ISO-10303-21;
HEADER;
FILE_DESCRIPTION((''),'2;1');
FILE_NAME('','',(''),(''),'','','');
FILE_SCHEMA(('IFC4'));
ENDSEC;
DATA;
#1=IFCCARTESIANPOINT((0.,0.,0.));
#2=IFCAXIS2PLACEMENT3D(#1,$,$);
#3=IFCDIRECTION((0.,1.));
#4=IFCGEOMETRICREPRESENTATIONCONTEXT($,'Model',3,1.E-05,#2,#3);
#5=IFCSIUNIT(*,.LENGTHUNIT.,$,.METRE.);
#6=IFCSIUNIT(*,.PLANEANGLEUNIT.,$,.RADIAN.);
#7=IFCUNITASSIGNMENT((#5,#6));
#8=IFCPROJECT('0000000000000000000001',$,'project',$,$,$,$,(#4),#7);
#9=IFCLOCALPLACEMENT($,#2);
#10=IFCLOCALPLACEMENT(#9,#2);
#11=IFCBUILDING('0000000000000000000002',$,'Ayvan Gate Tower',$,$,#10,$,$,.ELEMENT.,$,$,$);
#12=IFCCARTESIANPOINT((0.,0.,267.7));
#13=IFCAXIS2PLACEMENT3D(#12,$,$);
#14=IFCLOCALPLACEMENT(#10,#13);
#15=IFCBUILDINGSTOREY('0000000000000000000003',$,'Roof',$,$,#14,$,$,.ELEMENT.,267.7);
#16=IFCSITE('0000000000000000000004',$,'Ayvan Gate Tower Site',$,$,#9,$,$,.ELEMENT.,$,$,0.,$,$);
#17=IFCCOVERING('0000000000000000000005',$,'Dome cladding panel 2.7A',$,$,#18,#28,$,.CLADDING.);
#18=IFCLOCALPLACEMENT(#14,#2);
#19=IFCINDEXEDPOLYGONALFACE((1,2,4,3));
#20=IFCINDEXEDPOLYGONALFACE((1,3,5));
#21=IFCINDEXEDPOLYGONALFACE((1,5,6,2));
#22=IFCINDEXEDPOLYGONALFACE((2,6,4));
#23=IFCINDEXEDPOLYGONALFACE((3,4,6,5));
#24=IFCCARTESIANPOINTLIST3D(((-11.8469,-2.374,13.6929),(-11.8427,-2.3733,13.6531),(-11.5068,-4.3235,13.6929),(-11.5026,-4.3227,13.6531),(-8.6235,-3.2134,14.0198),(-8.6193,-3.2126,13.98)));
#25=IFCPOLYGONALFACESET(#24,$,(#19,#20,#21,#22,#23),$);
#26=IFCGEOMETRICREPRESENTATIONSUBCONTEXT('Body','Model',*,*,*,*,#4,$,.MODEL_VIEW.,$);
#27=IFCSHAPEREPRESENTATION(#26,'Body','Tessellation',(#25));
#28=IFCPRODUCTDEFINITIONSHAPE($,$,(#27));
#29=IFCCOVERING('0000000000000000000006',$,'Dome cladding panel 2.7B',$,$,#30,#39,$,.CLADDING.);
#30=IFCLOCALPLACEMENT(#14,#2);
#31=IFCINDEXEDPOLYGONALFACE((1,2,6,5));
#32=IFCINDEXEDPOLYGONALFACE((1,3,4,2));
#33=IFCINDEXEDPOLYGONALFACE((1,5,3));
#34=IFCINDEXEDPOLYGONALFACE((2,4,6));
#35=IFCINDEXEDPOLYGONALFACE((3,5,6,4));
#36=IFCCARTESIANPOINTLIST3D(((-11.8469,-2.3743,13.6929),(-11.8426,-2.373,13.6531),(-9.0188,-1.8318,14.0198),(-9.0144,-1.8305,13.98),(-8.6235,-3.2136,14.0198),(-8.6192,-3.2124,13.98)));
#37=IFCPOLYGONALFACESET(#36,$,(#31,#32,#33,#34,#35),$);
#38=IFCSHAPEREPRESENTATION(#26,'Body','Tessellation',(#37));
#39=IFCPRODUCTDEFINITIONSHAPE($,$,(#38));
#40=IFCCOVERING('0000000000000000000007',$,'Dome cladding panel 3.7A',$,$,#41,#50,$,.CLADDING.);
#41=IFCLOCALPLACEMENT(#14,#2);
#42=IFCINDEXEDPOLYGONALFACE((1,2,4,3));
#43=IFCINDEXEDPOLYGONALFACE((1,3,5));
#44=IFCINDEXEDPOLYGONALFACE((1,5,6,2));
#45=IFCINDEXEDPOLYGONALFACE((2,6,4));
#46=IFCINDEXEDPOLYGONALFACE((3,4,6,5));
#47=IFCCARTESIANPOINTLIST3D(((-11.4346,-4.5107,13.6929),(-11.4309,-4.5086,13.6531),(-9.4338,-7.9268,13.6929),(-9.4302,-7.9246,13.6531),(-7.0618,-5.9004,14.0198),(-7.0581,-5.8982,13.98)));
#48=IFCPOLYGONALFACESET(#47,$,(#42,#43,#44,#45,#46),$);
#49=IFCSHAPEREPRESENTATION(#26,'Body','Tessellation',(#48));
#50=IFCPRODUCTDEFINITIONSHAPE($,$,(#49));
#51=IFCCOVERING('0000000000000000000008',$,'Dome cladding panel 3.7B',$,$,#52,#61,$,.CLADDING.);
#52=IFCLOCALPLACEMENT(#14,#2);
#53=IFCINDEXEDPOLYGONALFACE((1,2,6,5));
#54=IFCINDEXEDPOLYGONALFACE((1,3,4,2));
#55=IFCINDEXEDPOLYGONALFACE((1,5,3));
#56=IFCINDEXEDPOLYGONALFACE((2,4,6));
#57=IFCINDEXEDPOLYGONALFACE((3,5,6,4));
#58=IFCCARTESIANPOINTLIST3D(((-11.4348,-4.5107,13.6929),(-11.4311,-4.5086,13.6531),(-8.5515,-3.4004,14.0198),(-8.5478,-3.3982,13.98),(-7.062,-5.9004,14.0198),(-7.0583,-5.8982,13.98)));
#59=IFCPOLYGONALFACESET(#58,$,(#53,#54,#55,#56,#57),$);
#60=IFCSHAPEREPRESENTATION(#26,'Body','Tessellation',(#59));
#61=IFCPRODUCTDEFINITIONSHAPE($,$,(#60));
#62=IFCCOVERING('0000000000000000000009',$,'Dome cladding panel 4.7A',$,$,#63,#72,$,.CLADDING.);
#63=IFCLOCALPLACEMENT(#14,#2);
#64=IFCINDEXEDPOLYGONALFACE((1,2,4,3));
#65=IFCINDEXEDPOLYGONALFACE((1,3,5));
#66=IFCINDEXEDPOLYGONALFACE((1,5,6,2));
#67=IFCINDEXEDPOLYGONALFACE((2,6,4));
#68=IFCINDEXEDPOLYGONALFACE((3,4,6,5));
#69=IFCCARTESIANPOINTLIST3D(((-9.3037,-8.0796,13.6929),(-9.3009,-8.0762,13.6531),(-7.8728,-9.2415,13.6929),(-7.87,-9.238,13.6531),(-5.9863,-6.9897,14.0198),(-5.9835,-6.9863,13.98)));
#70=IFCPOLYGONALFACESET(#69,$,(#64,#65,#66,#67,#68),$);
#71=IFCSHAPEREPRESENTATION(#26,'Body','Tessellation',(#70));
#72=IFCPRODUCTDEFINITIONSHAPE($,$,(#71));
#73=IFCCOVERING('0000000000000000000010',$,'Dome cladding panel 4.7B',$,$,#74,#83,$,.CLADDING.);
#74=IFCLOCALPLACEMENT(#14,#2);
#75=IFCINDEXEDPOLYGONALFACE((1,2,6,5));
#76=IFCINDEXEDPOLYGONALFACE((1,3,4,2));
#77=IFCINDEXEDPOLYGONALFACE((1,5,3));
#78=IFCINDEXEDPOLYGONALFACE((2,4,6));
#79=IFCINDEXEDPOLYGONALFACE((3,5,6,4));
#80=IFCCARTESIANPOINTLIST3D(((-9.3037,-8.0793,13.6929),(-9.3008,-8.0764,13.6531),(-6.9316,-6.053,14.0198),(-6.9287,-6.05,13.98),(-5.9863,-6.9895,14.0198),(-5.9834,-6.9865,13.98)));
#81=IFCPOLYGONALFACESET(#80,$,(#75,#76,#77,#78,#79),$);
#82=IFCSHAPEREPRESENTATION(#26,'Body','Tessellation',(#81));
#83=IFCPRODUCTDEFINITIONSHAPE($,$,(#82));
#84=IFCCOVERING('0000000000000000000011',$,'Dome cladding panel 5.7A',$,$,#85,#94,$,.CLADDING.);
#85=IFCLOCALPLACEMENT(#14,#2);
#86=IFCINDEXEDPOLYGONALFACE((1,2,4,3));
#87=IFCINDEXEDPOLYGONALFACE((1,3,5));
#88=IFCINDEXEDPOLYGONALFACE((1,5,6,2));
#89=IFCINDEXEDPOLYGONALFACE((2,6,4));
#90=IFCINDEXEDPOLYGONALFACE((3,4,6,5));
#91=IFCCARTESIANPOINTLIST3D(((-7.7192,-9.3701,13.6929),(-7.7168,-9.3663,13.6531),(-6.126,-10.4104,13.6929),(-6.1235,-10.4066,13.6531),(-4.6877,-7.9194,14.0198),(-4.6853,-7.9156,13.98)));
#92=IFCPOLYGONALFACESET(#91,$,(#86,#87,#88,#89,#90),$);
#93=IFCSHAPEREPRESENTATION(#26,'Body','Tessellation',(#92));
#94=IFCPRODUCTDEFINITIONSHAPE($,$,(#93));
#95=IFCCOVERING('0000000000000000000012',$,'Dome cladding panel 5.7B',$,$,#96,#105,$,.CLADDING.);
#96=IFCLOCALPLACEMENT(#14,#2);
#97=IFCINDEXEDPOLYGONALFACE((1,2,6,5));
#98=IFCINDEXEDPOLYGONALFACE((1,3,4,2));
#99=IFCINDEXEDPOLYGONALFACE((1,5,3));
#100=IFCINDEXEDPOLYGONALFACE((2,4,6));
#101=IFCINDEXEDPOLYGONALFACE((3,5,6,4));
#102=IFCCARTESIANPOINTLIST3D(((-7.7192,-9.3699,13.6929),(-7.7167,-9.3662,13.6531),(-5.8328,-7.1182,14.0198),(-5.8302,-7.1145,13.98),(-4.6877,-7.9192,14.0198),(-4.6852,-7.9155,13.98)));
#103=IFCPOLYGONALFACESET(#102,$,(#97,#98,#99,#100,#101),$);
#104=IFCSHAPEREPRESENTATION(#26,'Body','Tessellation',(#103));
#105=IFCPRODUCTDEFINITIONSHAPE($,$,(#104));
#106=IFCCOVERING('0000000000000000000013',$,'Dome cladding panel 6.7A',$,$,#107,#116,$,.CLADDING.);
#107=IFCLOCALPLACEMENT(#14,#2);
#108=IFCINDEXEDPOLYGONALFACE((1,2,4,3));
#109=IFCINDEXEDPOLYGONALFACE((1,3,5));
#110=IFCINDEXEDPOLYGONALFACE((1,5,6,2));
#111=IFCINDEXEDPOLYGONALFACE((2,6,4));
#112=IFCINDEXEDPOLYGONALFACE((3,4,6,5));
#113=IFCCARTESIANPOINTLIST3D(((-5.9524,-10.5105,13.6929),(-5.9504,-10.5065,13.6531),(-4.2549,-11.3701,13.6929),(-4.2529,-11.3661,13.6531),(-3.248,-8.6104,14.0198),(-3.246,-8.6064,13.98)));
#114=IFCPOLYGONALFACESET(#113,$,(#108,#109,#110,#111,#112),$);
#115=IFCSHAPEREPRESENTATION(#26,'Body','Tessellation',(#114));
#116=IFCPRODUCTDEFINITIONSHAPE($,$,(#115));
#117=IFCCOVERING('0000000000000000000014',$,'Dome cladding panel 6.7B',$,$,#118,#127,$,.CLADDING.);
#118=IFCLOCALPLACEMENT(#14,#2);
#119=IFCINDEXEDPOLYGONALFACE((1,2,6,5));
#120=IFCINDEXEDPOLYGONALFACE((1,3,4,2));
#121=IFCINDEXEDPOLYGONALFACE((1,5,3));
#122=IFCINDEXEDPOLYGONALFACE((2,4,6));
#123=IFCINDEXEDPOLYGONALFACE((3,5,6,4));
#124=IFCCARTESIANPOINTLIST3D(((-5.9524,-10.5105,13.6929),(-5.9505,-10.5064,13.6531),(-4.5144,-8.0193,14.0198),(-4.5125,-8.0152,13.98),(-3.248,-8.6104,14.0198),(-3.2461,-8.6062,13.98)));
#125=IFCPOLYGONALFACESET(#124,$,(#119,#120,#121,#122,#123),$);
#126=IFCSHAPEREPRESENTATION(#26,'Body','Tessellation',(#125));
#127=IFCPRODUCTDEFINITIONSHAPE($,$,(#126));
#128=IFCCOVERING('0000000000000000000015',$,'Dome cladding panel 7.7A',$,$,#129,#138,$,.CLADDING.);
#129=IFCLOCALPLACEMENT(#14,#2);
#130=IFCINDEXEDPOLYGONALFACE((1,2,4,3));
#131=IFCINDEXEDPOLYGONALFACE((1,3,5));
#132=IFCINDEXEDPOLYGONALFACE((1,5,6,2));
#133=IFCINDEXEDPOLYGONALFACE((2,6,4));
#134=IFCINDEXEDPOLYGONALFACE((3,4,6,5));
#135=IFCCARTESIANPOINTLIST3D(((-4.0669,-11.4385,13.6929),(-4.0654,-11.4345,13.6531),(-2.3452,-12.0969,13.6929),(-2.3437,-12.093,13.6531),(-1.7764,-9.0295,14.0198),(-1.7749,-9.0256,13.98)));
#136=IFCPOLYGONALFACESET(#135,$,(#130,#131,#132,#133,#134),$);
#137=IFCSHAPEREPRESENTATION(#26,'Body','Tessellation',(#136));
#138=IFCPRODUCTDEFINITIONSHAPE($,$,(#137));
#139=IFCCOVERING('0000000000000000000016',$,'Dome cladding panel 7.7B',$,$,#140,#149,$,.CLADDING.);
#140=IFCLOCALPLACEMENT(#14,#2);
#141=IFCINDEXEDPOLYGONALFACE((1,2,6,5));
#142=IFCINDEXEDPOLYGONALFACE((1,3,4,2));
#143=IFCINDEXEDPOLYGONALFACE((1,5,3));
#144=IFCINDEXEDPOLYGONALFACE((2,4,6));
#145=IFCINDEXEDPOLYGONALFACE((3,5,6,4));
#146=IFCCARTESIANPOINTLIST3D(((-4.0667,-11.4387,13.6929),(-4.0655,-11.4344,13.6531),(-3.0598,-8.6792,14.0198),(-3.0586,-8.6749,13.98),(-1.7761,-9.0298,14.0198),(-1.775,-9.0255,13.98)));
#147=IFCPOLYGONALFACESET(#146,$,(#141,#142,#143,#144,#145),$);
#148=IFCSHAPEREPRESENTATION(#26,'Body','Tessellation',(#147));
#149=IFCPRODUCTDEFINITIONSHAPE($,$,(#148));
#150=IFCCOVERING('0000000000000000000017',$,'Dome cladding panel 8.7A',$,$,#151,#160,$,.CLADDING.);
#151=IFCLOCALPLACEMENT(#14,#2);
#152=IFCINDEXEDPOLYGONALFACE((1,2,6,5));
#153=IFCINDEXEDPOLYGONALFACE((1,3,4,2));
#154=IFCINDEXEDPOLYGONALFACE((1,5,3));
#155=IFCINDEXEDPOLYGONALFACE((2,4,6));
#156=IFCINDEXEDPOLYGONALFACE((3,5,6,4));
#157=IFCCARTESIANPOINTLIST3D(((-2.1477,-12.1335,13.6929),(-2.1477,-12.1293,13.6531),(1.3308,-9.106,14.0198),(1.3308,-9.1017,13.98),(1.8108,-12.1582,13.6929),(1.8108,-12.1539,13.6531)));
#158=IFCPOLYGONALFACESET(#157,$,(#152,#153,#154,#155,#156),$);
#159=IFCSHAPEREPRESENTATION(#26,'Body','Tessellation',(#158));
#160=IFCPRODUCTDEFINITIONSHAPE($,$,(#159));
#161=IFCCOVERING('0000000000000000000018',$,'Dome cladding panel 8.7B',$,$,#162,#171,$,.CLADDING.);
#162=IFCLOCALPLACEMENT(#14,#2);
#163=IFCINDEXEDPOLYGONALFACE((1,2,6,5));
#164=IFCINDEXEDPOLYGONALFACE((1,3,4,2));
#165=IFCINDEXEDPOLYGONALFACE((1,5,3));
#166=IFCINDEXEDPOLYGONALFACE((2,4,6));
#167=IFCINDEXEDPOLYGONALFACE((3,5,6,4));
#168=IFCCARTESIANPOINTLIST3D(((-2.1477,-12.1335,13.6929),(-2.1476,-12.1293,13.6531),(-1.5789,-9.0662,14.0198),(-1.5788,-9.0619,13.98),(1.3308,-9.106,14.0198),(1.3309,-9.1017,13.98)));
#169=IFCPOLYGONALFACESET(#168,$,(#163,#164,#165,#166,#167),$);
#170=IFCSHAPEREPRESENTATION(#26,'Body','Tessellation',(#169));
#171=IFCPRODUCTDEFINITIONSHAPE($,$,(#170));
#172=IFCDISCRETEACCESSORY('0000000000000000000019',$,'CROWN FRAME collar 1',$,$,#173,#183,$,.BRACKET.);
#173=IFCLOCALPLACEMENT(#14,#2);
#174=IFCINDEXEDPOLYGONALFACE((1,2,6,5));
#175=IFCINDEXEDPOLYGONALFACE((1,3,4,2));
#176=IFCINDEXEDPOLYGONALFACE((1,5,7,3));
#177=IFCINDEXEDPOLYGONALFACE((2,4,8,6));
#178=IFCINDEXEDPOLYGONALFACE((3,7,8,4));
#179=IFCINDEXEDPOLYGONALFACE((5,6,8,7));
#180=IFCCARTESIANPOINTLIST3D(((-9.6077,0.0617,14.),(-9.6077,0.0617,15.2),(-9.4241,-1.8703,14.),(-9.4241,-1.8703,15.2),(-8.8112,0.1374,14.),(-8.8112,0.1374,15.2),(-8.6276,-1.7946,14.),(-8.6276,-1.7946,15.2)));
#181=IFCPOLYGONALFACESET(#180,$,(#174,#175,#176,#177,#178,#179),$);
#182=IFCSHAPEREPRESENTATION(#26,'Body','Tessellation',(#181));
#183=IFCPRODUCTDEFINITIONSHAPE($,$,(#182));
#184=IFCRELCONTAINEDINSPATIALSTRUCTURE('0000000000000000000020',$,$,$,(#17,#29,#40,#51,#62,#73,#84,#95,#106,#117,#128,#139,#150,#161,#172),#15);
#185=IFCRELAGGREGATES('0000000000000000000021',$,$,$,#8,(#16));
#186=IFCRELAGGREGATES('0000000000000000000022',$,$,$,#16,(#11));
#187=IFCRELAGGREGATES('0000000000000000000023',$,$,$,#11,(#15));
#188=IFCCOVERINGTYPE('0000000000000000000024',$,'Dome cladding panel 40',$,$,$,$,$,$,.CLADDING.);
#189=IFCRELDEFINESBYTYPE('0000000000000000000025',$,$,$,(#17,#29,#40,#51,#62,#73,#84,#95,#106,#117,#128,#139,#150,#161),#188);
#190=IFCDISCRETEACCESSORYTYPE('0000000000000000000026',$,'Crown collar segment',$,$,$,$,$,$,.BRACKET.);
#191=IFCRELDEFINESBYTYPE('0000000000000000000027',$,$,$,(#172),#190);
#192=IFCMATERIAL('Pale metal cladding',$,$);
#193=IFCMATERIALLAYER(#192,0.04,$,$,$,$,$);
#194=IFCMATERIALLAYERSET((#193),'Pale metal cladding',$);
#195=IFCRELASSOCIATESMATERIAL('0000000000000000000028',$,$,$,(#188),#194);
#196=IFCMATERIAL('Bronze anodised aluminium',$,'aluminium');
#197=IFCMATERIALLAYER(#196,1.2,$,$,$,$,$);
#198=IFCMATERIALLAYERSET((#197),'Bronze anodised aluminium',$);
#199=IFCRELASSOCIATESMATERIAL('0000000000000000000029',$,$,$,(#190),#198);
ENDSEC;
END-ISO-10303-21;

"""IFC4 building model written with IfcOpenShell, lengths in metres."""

from ifc_helpers import new_model, si_unit, direction, frame, origin, origin_2d, place, context, subcontext, project, spatial, polyline, rectangle, outline, extrude, material, layer, layer_set, type_object, element, save


model = new_model("IFC4")

# Units and contexts
model_context = context("Model", 3, precision=1e-05, world=origin(), true_north=direction((0.0, 1.0)))
body_context = subcontext(model_context, "Body", "Model", "MODEL_VIEW")
ifc_project = project(units=[si_unit("LENGTHUNIT", "METRE"), si_unit("PLANEANGLEUNIT", "RADIAN")], contexts=[model_context])

# Site, building, storey
site_placement = place(None, origin())
site = spatial("IfcSite", under=ifc_project, at=site_placement, Name="Ayvan Gate Tower Site", CompositionType="ELEMENT", RefElevation=0.0)
building_placement = place(site_placement, origin())
building = spatial("IfcBuilding", under=site, at=building_placement, Name="Ayvan Gate Tower", CompositionType="ELEMENT")
storey_placement = place(building_placement, frame((0.0, 0.0, 267.7)))
storey = spatial("IfcBuildingStorey", under=building, at=storey_placement, Name="Roof", CompositionType="ELEMENT", Elevation=267.7)

# Coverings
ifc_material_1 = material(Name="Pale metal cladding")
ifc_layer_1 = layer(ifc_material_1, 0.04)
ifc_layer_set_1 = layer_set([ifc_layer_1], Name="Pale metal cladding")
covering_type = type_object("IfcCoveringType", Name="Dome cladding panel 40", PredefinedType="CLADDING", material=ifc_layer_set_1)
covering_1_placement = place(storey_placement, frame((-11.8469, -2.374, 13.6929), z_axis=(-0.10563, -0.018427, 0.994235), x_axis=(0.171857, -0.985122, 0.0)))
element("IfcCovering", 1, at=covering_1_placement, inside=storey, type_object=covering_type, Name="Dome cladding panel 2.7A", PredefinedType="CLADDING", context=body_context, shape_type="SweptSolid", body=[
    extrude(outline(polyline([(0.0, 0.0), (1.9789, 0.0), (1.3808, 3.0488), (0.0, 0.0)])), origin(), (0.0, 0.0, -1.0), 0.04),
])
covering_2_placement = place(storey_placement, frame((-11.8469, -2.3743, 13.6929), z_axis=(-0.108873, -0.031142, 0.993568), x_axis=(0.963102, -0.250787, 0.097674)))
element("IfcCovering", 2, at=covering_2_placement, inside=storey, type_object=covering_type, Name="Dome cladding panel 2.7B", PredefinedType="CLADDING", context=body_context, shape_type="SweptSolid", body=[
    extrude(outline(polyline([(0.0, 0.0), (3.3469, 0.0), (2.6197, 1.2397), (0.0, 0.0)])), origin(), (0.0, 0.0, -1.0), 0.04),
])
covering_3_placement = place(storey_placement, frame((-11.4346, -4.5107, 13.6929), z_axis=(-0.091339, -0.053497, 0.994382), x_axis=(0.505389, -0.862892, 0.0)))
element("IfcCovering", 3, at=covering_3_placement, inside=storey, type_object=covering_type, Name="Dome cladding panel 3.7A", PredefinedType="CLADDING", context=body_context, shape_type="SweptSolid", body=[
    extrude(outline(polyline([(0.0, 0.0), (3.9588, 0.0), (3.4091, 3.0883), (0.0, 0.0)])), origin(), (0.0, 0.0, -1.0), 0.04),
])
covering_4_placement = place(storey_placement, frame((-11.4348, -4.5107, 13.6929), z_axis=(-0.091693, -0.054631, 0.994288), x_axis=(0.950623, -0.302102, 0.071067)))
element("IfcCovering", 4, at=covering_4_placement, inside=storey, type_object=covering_type, Name="Dome cladding panel 3.7B", PredefinedType="CLADDING", context=body_context, shape_type="SweptSolid", body=[
    extrude(outline(polyline([(0.0, 0.0), (4.5999, 0.0), (2.4287, 1.9376), (0.0, 0.0)])), origin(), (0.0, 0.0, -1.0), 0.04),
])
covering_5_placement = place(storey_placement, frame((-9.3037, -8.0796, 13.6929), z_axis=(-0.069727, -0.085873, 0.993863), x_axis=(0.776312, -0.630348, 0.0)))
element("IfcCovering", 5, at=covering_5_placement, inside=storey, type_object=covering_type, Name="Dome cladding panel 4.7A", PredefinedType="CLADDING", context=body_context, shape_type="SweptSolid", body=[
    extrude(outline(polyline([(0.0, 0.0), (1.8432, 0.0), (1.8883, 2.9553), (0.0, 0.0)])), origin(), (0.0, 0.0, -1.0), 0.04),
])
covering_6_placement = place(storey_placement, frame((-9.3037, -8.0793, 13.6929), z_axis=(-0.073597, -0.074288, 0.994517), x_axis=(0.945909, 0.310755, 0.093213)))
element("IfcCovering", 6, at=covering_6_placement, inside=storey, type_object=covering_type, Name="Dome cladding panel 4.7B", PredefinedType="CLADDING", context=body_context, shape_type="SweptSolid", body=[
    extrude(outline(polyline([(0.0, 0.0), (3.5071, 0.0), (2.9039, 1.1861), (0.0, 0.0)])), origin(), (0.0, 0.0, -1.0), 0.04),
])
covering_7_placement = place(storey_placement, frame((-7.7192, -9.3701, 13.6929), z_axis=(-0.061829, -0.094695, 0.993584), x_axis=(0.837322, -0.54671, 0.0)))
element("IfcCovering", 7, at=covering_7_placement, inside=storey, type_object=covering_type, Name="Dome cladding panel 5.7A", PredefinedType="CLADDING", context=body_context, shape_type="SweptSolid", body=[
    extrude(outline(polyline([(0.0, 0.0), (1.9028, 0.0), (1.7452, 2.8906), (0.0, 0.0)])), origin(), (0.0, 0.0, -1.0), 0.04),
])
covering_8_placement = place(storey_placement, frame((-7.7192, -9.3699, 13.6929), z_axis=(-0.063638, -0.090967, 0.993818), x_axis=(0.8978, 0.429631, 0.096815)))
element("IfcCovering", 8, at=covering_8_placement, inside=storey, type_object=covering_type, Name="Dome cladding panel 5.7B", PredefinedType="CLADDING", context=body_context, shape_type="SweptSolid", body=[
    extrude(outline(polyline([(0.0, 0.0), (3.3766, 0.0), (2.6927, 1.2186), (0.0, 0.0)])), origin(), (0.0, 0.0, -1.0), 0.04),
])
covering_9_placement = place(storey_placement, frame((-5.9524, -10.5105, 13.6929), z_axis=(-0.050316, -0.09936, 0.993779), x_axis=(0.892132, -0.451776, 0.0)))
element("IfcCovering", 9, at=covering_9_placement, inside=storey, type_object=covering_type, Name="Dome cladding panel 6.7A", PredefinedType="CLADDING", context=body_context, shape_type="SweptSolid", body=[
    extrude(outline(polyline([(0.0, 0.0), (1.9028, 0.0), (1.5542, 2.9352), (0.0, 0.0)])), origin(), (0.0, 0.0, -1.0), 0.04),
])
covering_10_placement = place(storey_placement, frame((-5.9524, -10.5105, 13.6929), z_axis=(-0.047938, -0.102707, 0.993556), x_axis=(0.814248, 0.572112, 0.098427)))
element("IfcCovering", 10, at=covering_10_placement, inside=storey, type_object=covering_type, Name="Dome cladding panel 6.7B", PredefinedType="CLADDING", context=body_context, shape_type="SweptSolid", body=[
    extrude(outline(polyline([(0.0, 0.0), (3.3213, 0.0), (2.6283, 1.2136), (0.0, 0.0)])), origin(), (0.0, 0.0, -1.0), 0.04),
])
covering_11_placement = place(storey_placement, frame((-4.0669, -11.4385, 13.6929), z_axis=(-0.037845, -0.098956, 0.994372), x_axis=(0.934023, -0.357212, 0.0)))
element("IfcCovering", 11, at=covering_11_placement, inside=storey, type_object=covering_type, Name="Dome cladding panel 7.7A", PredefinedType="CLADDING", context=body_context, shape_type="SweptSolid", body=[
    extrude(outline(polyline([(0.0, 0.0), (1.8433, 0.0), (1.2789, 3.0856), (0.0, 0.0)])), origin(), (0.0, 0.0, -1.0), 0.04),
])
covering_12_placement = place(storey_placement, frame((-4.0667, -11.4387, 13.6929), z_axis=(-0.02924, -0.107064, 0.993822), x_axis=(0.685764, 0.721214, 0.097872)))
element("IfcCovering", 12, at=covering_12_placement, inside=storey, type_object=covering_type, Name="Dome cladding panel 7.7B", PredefinedType="CLADDING", context=body_context, shape_type="SweptSolid", body=[
    extrude(outline(polyline([(0.0, 0.0), (3.3401, 0.0), (2.7127, 1.1735), (0.0, 0.0)])), origin(), (0.0, 0.0, -1.0), 0.04),
])
covering_13_placement = place(storey_placement, frame((-2.1477, -12.1335, 13.6929), z_axis=(-0.000664, -0.106597, 0.994302), x_axis=(0.999981, -0.006229, 0.0)))
element("IfcCovering", 13, at=covering_13_placement, inside=storey, type_object=covering_type, Name="Dome cladding panel 8.7A", PredefinedType="CLADDING", context=body_context, shape_type="SweptSolid", body=[
    extrude(outline(polyline([(0.0, 0.0), (3.9586, 0.0), (3.4596, 3.0667), (0.0, 0.0)])), origin(), (0.0, 0.0, -1.0), 0.04),
])
covering_14_placement = place(storey_placement, frame((-2.1477, -12.1335, 13.6929), z_axis=(-0.001446, -0.105709, 0.994396), x_axis=(0.752418, 0.65488, 0.070711)))
element("IfcCovering", 14, at=covering_14_placement, inside=storey, type_object=covering_type, Name="Dome cladding panel 8.7B", PredefinedType="CLADDING", context=body_context, shape_type="SweptSolid", body=[
    extrude(outline(polyline([(0.0, 0.0), (4.6231, 0.0), (2.4599, 1.9463), (0.0, 0.0)])), origin(), (0.0, 0.0, -1.0), 0.04),
])

# Discrete accessory
ifc_material_2 = material(Name="Bronze anodised aluminium", Category="aluminium")
ifc_layer_2 = layer(ifc_material_2, 1.2)
ifc_layer_set_2 = layer_set([ifc_layer_2], Name="Bronze anodised aluminium")
discrete_accessory_type_1 = type_object("IfcDiscreteAccessoryType", Name="Crown collar segment", PredefinedType="BRACKET", material=ifc_layer_set_2)
discrete_accessory_1_placement = place(storey_placement, frame((-9.1177, -0.8665, 14.0), z_axis=(0.0, 0.0, 1.0), x_axis=(0.094606, -0.995515, 0.0)))
element("IfcDiscreteAccessory", 15, at=discrete_accessory_1_placement, inside=storey, type_object=discrete_accessory_type_1, Name="CROWN FRAME collar 1", PredefinedType="BRACKET", context=body_context, shape_type="SweptSolid", body=[
    extrude(rectangle(XDim=1.9407, YDim=0.8, at=origin_2d()), origin(), (0.0, 0.0, 1.0), 1.2),
])

save(model, "model.ifc")
